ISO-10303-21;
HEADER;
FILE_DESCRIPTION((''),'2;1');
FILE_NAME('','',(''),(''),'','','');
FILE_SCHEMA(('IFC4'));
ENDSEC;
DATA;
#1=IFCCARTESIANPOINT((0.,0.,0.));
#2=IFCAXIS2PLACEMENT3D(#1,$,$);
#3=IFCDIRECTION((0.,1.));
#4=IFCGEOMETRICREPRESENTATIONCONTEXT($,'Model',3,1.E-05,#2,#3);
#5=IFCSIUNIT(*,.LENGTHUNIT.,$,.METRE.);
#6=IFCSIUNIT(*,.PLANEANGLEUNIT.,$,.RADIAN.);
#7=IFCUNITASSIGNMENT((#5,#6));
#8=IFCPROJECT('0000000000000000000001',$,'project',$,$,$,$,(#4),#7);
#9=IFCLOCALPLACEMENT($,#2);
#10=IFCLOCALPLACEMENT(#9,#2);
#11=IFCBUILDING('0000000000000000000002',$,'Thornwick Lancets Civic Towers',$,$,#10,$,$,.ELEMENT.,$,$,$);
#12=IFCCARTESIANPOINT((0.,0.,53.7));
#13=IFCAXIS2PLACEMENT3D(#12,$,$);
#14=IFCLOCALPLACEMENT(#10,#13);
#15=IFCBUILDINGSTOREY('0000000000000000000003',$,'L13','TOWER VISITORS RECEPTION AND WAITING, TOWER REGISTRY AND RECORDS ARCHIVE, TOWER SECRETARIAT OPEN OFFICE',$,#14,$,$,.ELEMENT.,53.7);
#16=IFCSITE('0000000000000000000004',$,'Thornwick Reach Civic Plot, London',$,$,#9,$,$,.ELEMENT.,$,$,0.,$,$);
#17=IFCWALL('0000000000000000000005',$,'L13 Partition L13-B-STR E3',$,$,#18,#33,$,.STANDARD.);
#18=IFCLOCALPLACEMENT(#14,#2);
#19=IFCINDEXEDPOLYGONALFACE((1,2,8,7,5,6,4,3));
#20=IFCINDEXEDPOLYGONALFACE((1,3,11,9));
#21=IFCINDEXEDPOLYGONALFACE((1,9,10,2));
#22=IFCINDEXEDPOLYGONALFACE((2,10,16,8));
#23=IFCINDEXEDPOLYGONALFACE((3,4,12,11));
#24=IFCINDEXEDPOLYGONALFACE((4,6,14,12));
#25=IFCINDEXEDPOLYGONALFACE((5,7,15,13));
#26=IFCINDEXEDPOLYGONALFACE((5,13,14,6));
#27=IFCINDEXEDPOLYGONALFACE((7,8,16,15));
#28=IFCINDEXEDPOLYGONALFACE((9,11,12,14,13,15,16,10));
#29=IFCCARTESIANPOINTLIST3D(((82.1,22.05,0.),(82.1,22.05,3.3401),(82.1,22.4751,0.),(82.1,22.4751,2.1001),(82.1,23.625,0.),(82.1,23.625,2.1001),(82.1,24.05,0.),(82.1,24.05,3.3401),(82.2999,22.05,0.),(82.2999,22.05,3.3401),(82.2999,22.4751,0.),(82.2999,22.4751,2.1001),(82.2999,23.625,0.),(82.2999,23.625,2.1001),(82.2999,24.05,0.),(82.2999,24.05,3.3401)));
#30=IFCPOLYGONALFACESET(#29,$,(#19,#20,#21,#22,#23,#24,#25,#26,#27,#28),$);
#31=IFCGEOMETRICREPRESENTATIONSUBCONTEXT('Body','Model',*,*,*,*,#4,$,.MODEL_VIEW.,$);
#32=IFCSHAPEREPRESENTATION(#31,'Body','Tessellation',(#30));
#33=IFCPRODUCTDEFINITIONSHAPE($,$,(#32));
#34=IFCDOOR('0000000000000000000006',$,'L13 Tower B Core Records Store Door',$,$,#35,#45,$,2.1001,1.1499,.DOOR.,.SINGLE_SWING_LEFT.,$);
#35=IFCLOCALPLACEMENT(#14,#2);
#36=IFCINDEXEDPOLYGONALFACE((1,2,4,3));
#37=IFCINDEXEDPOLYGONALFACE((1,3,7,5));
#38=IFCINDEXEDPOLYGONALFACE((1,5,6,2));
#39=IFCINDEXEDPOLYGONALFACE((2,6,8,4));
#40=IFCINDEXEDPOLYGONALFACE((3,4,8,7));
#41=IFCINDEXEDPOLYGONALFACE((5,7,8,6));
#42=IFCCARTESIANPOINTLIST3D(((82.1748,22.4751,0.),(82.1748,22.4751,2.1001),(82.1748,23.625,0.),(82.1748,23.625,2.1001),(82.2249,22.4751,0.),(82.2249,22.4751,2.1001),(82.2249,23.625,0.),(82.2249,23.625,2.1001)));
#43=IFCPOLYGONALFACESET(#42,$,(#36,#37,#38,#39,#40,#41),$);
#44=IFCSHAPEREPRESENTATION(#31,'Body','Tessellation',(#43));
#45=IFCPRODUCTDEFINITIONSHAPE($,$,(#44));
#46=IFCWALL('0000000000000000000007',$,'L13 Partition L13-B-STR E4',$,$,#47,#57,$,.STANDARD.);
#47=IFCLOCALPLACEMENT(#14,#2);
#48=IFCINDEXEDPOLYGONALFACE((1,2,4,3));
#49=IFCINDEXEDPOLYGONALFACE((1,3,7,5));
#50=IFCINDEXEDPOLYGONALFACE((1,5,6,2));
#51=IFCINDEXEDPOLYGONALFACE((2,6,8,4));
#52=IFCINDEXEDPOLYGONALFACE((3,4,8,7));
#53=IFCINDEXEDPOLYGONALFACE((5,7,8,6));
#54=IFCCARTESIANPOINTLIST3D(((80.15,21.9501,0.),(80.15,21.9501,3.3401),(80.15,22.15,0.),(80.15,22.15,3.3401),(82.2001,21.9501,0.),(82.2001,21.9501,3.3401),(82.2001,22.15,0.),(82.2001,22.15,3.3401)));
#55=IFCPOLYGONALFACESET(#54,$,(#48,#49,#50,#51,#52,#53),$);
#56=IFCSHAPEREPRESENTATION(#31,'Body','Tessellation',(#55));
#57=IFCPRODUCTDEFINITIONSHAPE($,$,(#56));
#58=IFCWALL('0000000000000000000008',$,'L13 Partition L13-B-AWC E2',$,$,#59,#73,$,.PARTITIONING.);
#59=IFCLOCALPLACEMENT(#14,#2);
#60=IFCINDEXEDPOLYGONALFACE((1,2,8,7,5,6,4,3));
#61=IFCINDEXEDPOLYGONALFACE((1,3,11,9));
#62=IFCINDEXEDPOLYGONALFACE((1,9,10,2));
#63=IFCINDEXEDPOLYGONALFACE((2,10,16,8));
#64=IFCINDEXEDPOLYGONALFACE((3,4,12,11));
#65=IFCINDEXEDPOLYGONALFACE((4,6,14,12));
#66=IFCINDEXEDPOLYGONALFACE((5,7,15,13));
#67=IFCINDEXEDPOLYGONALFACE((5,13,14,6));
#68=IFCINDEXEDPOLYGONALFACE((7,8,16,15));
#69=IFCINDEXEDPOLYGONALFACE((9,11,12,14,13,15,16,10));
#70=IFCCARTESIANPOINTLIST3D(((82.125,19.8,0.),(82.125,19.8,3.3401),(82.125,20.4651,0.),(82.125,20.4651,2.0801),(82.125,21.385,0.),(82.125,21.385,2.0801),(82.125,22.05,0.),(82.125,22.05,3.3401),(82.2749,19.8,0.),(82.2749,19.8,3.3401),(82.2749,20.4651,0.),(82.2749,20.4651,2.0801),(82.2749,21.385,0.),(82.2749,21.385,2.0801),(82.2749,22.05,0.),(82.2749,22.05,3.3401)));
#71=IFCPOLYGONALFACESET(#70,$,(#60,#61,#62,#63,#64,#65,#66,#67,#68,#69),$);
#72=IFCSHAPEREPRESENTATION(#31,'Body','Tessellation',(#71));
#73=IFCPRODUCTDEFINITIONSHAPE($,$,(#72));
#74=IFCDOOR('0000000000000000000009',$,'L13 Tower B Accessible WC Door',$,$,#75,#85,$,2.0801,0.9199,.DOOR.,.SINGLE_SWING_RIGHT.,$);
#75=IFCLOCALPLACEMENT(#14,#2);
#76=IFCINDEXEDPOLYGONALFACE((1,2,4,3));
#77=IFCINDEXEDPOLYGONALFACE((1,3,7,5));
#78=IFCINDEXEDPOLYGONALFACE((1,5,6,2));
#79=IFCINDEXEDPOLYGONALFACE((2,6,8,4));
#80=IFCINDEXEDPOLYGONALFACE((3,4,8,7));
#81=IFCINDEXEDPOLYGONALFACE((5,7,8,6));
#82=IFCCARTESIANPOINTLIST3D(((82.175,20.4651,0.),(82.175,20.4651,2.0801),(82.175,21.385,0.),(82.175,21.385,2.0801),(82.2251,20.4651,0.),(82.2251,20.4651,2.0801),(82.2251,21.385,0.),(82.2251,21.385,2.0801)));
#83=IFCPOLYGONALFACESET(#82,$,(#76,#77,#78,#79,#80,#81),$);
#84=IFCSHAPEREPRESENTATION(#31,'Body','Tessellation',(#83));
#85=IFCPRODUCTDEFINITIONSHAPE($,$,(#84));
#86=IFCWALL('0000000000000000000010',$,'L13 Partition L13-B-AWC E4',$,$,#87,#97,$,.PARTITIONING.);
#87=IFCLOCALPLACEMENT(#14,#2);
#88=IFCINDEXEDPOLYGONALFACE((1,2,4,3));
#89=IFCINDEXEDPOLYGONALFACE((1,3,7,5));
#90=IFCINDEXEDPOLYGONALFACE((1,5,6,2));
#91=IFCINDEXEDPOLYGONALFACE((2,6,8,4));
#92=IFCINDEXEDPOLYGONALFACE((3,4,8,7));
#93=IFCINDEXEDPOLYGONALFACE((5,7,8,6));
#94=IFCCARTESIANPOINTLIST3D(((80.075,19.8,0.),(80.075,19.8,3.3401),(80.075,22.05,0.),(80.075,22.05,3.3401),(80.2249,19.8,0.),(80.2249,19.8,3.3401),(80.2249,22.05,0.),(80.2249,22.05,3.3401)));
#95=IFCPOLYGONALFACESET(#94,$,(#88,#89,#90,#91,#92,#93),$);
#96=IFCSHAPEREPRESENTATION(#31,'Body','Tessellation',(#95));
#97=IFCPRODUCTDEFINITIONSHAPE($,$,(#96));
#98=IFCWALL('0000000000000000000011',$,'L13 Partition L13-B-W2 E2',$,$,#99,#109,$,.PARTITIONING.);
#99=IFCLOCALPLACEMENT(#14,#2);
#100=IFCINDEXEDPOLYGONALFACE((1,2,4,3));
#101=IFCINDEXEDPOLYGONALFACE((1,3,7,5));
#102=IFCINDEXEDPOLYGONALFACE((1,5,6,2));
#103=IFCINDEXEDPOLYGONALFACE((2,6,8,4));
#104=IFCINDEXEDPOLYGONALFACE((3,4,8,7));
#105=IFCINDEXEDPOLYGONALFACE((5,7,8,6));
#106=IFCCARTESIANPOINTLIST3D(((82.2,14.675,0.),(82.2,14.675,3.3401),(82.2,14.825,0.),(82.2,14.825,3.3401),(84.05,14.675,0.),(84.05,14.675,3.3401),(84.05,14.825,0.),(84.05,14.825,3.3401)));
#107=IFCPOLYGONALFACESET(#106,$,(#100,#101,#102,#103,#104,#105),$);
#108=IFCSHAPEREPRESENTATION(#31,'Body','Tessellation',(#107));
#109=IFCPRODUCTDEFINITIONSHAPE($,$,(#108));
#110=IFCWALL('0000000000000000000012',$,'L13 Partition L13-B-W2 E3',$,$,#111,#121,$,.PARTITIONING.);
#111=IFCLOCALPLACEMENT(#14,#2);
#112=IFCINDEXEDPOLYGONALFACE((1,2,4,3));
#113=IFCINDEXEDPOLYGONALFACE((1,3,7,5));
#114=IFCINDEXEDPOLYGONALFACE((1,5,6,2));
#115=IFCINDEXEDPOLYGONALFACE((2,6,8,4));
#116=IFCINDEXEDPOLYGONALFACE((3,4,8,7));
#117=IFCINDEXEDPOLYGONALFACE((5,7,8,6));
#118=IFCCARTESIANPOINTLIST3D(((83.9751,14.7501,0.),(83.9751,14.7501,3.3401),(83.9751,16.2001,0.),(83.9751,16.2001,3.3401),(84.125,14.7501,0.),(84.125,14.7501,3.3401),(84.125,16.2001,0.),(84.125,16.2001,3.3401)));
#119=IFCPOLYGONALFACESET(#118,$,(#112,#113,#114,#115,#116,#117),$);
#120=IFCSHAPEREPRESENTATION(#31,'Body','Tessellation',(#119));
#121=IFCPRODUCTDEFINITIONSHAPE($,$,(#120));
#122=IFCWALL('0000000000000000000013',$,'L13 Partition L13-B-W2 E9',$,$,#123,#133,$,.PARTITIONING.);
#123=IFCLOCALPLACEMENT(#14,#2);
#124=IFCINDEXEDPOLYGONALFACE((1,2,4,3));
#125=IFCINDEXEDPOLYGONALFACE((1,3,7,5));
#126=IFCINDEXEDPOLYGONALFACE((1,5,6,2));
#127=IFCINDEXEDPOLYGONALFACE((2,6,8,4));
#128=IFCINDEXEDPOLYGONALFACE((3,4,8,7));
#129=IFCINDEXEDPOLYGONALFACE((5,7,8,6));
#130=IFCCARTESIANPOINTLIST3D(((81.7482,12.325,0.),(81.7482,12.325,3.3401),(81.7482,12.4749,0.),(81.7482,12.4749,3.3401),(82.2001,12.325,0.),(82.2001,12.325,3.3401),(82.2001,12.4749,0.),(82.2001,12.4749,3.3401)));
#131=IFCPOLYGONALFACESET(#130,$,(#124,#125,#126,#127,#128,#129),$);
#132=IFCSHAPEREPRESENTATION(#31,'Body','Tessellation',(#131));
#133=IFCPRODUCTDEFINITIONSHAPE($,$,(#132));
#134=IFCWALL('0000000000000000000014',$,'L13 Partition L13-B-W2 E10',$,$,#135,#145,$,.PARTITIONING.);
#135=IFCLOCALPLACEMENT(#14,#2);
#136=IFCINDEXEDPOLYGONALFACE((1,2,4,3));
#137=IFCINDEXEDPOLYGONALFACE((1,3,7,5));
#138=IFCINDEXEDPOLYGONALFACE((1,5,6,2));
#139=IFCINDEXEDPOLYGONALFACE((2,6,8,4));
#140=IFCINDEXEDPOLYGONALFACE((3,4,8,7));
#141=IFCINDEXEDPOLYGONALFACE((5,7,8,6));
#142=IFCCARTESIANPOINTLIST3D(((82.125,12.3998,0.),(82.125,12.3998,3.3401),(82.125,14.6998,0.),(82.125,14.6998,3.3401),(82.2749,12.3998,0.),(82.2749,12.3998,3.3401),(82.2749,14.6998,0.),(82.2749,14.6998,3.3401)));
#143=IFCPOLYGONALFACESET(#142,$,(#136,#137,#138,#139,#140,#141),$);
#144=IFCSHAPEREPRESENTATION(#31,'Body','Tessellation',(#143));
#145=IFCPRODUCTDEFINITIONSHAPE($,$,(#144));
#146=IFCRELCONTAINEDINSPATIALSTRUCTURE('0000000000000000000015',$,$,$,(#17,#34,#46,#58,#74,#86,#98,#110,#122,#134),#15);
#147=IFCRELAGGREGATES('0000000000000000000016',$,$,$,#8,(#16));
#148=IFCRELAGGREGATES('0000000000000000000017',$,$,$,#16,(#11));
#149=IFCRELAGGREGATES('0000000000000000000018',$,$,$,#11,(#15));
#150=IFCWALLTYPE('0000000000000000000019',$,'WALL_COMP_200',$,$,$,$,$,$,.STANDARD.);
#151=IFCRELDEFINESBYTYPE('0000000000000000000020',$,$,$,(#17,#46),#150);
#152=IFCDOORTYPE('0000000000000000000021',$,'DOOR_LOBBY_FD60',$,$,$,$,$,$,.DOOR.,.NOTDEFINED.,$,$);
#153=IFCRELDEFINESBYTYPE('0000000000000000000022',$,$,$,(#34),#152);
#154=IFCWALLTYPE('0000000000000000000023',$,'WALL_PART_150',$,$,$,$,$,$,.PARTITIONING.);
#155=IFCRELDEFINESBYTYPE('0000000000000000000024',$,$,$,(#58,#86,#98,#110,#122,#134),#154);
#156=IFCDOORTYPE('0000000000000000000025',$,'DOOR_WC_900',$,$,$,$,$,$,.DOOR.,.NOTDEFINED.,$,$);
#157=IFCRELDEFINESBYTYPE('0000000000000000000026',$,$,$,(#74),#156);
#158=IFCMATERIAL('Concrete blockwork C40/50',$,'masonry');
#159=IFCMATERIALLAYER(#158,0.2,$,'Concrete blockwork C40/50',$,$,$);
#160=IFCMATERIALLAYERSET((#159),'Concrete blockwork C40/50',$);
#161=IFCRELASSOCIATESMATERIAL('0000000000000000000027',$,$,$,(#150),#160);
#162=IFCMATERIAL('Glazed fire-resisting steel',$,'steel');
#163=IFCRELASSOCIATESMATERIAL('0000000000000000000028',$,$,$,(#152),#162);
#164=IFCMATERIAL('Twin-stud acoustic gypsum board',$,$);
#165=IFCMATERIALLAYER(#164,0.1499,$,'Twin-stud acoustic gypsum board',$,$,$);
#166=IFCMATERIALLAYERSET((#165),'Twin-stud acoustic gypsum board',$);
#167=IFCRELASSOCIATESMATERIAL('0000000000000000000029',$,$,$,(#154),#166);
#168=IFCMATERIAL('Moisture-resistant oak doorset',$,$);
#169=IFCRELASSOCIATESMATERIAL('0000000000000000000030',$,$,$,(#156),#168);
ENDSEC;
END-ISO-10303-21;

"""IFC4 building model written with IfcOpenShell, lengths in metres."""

from ifc_helpers import new_model, si_unit, direction, frame, frame_2d, origin, place, context, subcontext, project, spatial, rectangle, extrude, material, layer, layer_set, type_object, element, fill, save


model = new_model("IFC4")

# Units and contexts
model_context = context("Model", 3, precision=1e-05, world=origin(), true_north=direction((0.0, 1.0)))
body_context = subcontext(model_context, "Body", "Model", "MODEL_VIEW")
ifc_project = project(units=[si_unit("LENGTHUNIT", "METRE"), si_unit("PLANEANGLEUNIT", "RADIAN")], contexts=[model_context])

# Site, building, storey
site_placement = place(None, origin())
site = spatial("IfcSite", under=ifc_project, at=site_placement, Name="Thornwick Reach Civic Plot, London", CompositionType="ELEMENT", RefElevation=0.0)
building_placement = place(site_placement, origin())
building = spatial("IfcBuilding", under=site, at=building_placement, Name="Thornwick Lancets Civic Towers", CompositionType="ELEMENT")
storey_placement = place(building_placement, frame((0.0, 0.0, 53.7)))
storey = spatial("IfcBuildingStorey", under=building, at=storey_placement, Name="L13", Description="TOWER VISITORS RECEPTION AND WAITING, TOWER REGISTRY AND RECORDS ARCHIVE, TOWER SECRETARIAT OPEN OFFICE", CompositionType="ELEMENT", Elevation=53.7)

# Shared definitions
ifc_material_1 = material(Name="Concrete blockwork C40/50", Category="masonry")
ifc_layer_1 = layer(ifc_material_1, 0.2, Name="Concrete blockwork C40/50")
ifc_layer_set_1 = layer_set([ifc_layer_1], Name="Concrete blockwork C40/50")
wall_type_1 = type_object("IfcWallType", Name="WALL_COMP_200", PredefinedType="STANDARD", material=ifc_layer_set_1)

# Wall, opening, door
wall_1_placement = place(storey_placement, frame((82.2, 24.05, 0.0), z_axis=(0.0, 0.0, 1.0), x_axis=(0.0, -1.0, 0.0)))
wall_1 = element("IfcWall", 1, at=wall_1_placement, inside=storey, type_object=wall_type_1, Name="L13 Partition L13-B-STR E3", PredefinedType="STANDARD", context=body_context, shape_type="SweptSolid", body=[
    extrude(rectangle(XDim=2.0, YDim=0.2, at=frame_2d((1.0, 0.0))), origin(), (0.0, 0.0, 1.0), 3.3401),
])
opening_1_placement = place(wall_1_placement, frame((0.425, 0.0, 0.0)))
opening_1 = element("IfcOpeningElement", 2, at=opening_1_placement, cuts=wall_1, PredefinedType="OPENING", context=body_context, shape_type="SweptSolid", body=[
    extrude(rectangle(XDim=1.1499, YDim=2.1001, at=frame_2d((0.575, 1.05))), frame((0.0, 0.1099, 0.0), z_axis=(0.0, -1.0, 0.0), x_axis=(1.0, 0.0, 0.0)), (0.0, 0.0, 1.0), 0.22),
])
ifc_material_2 = material(Name="Glazed fire-resisting steel", Category="steel")
door_type_1 = type_object("IfcDoorType", Name="DOOR_LOBBY_FD60", OperationType="NOTDEFINED", PredefinedType="DOOR", material=ifc_material_2)
door_1_placement = place(opening_1_placement, origin())
door_1 = element("IfcDoor", 3, at=door_1_placement, inside=storey, type_object=door_type_1, Name="L13 Tower B Core Records Store Door", OperationType="SINGLE_SWING_LEFT", OverallHeight=2.1001, OverallWidth=1.1499, PredefinedType="DOOR", context=body_context, shape_type="SweptSolid", body=[
    extrude(rectangle(XDim=1.1499, YDim=2.1001, at=frame_2d((0.575, 1.05))), frame((0.0, 0.0249, 0.0), z_axis=(0.0, -1.0, 0.0), x_axis=(1.0, 0.0, 0.0)), (0.0, 0.0, 1.0), 0.05),
])
fill(opening_1, door_1)

# Wall
wall_2_placement = place(storey_placement, frame((82.2, 22.05, 0.0), z_axis=(0.0, 0.0, 1.0), x_axis=(-1.0, 0.0, 0.0)))
element("IfcWall", 4, at=wall_2_placement, inside=storey, type_object=wall_type_1, Name="L13 Partition L13-B-STR E4", PredefinedType="STANDARD", context=body_context, shape_type="SweptSolid", body=[
    extrude(rectangle(XDim=2.05, YDim=0.2, at=frame_2d((1.0249, 0.0))), origin(), (0.0, 0.0, 1.0), 3.3401),
])

# Wall, opening, door
ifc_material_3 = material(Name="Twin-stud acoustic gypsum board")
ifc_layer_2 = layer(ifc_material_3, 0.1499, Name="Twin-stud acoustic gypsum board")
ifc_layer_set_2 = layer_set([ifc_layer_2], Name="Twin-stud acoustic gypsum board")
wall_type_2 = type_object("IfcWallType", Name="WALL_PART_150", PredefinedType="PARTITIONING", material=ifc_layer_set_2)
wall_3_placement = place(storey_placement, frame((82.2, 19.8, 0.0), z_axis=(0.0, 0.0, 1.0), x_axis=(0.0, 1.0, 0.0)))
wall_3 = element("IfcWall", 5, at=wall_3_placement, inside=storey, type_object=wall_type_2, Name="L13 Partition L13-B-AWC E2", PredefinedType="PARTITIONING", context=body_context, shape_type="SweptSolid", body=[
    extrude(rectangle(XDim=2.25, YDim=0.1499, at=frame_2d((1.125, 0.0))), origin(), (0.0, 0.0, 1.0), 3.3401),
])
opening_2_placement = place(wall_3_placement, frame((0.665, 0.0, 0.0)))
opening_2 = element("IfcOpeningElement", 6, at=opening_2_placement, cuts=wall_3, PredefinedType="OPENING", context=body_context, shape_type="SweptSolid", body=[
    extrude(rectangle(XDim=0.9199, YDim=2.0801, at=frame_2d((0.46, 1.04))), frame((0.0, 0.085, 0.0), z_axis=(0.0, -1.0, 0.0), x_axis=(1.0, 0.0, 0.0)), (0.0, 0.0, 1.0), 0.1699),
])
ifc_material_4 = material(Name="Moisture-resistant oak doorset")
door_type_2 = type_object("IfcDoorType", Name="DOOR_WC_900", OperationType="NOTDEFINED", PredefinedType="DOOR", material=ifc_material_4)
door_2_placement = place(opening_2_placement, origin())
door_2 = element("IfcDoor", 7, at=door_2_placement, inside=storey, type_object=door_type_2, Name="L13 Tower B Accessible WC Door", OperationType="SINGLE_SWING_RIGHT", OverallHeight=2.0801, OverallWidth=0.9199, PredefinedType="DOOR", context=body_context, shape_type="SweptSolid", body=[
    extrude(rectangle(XDim=0.9199, YDim=2.0801, at=frame_2d((0.46, 1.04))), frame((0.0, 0.0249, 0.0), z_axis=(0.0, -1.0, 0.0), x_axis=(1.0, 0.0, 0.0)), (0.0, 0.0, 1.0), 0.05),
])
fill(opening_2, door_2)

# Walls
wall_4_placement = place(storey_placement, frame((80.1499, 22.05, 0.0), z_axis=(0.0, 0.0, 1.0), x_axis=(0.0, -1.0, 0.0)))
element("IfcWall", 8, at=wall_4_placement, inside=storey, type_object=wall_type_2, Name="L13 Partition L13-B-AWC E4", PredefinedType="PARTITIONING", context=body_context, shape_type="SweptSolid", body=[
    extrude(rectangle(XDim=2.25, YDim=0.1499, at=frame_2d((1.125, 0.0))), origin(), (0.0, 0.0, 1.0), 3.3401),
])
wall_5_placement = place(storey_placement, frame((82.2, 14.75, 0.0), z_axis=(0.0, 0.0, 1.0), x_axis=(1.0, 0.0, 0.0)))
element("IfcWall", 9, at=wall_5_placement, inside=storey, type_object=wall_type_2, Name="L13 Partition L13-B-W2 E2", PredefinedType="PARTITIONING", context=body_context, shape_type="SweptSolid", body=[
    extrude(rectangle(XDim=1.8501, YDim=0.1499, at=frame_2d((0.925, 0.0))), origin(), (0.0, 0.0, 1.0), 3.3401),
])
wall_6_placement = place(storey_placement, frame((84.05, 14.75, 0.0), z_axis=(0.0, 0.0, 1.0), x_axis=(0.0, 1.0, 0.0)))
element("IfcWall", 10, at=wall_6_placement, inside=storey, type_object=wall_type_2, Name="L13 Partition L13-B-W2 E3", PredefinedType="PARTITIONING", context=body_context, shape_type="SweptSolid", body=[
    extrude(rectangle(XDim=1.45, YDim=0.1499, at=frame_2d((0.7251, 0.0))), origin(), (0.0, 0.0, 1.0), 3.3401),
])

# Walls
wall_7_placement = place(storey_placement, frame((81.748, 12.3999, 0.0), z_axis=(0.0, 0.0, 1.0), x_axis=(1.0, 0.0, 0.0)))
element("IfcWall", 11, at=wall_7_placement, inside=storey, type_object=wall_type_2, Name="L13 Partition L13-B-W2 E9", PredefinedType="PARTITIONING", context=body_context, shape_type="SweptSolid", body=[
    extrude(rectangle(XDim=0.4519, YDim=0.1499, at=frame_2d((0.2261, 0.0))), origin(), (0.0, 0.0, 1.0), 3.3401),
])
wall_8_placement = place(storey_placement, frame((82.2, 12.3999, 0.0), z_axis=(0.0, 0.0, 1.0), x_axis=(0.0, 1.0, 0.0)))
element("IfcWall", 12, at=wall_8_placement, inside=storey, type_object=wall_type_2, Name="L13 Partition L13-B-W2 E10", PredefinedType="PARTITIONING", context=body_context, shape_type="SweptSolid", body=[
    extrude(rectangle(XDim=2.3, YDim=0.1499, at=frame_2d((1.1499, 0.0))), origin(), (0.0, 0.0, 1.0), 3.3401),
])

save(model, "model.ifc")
